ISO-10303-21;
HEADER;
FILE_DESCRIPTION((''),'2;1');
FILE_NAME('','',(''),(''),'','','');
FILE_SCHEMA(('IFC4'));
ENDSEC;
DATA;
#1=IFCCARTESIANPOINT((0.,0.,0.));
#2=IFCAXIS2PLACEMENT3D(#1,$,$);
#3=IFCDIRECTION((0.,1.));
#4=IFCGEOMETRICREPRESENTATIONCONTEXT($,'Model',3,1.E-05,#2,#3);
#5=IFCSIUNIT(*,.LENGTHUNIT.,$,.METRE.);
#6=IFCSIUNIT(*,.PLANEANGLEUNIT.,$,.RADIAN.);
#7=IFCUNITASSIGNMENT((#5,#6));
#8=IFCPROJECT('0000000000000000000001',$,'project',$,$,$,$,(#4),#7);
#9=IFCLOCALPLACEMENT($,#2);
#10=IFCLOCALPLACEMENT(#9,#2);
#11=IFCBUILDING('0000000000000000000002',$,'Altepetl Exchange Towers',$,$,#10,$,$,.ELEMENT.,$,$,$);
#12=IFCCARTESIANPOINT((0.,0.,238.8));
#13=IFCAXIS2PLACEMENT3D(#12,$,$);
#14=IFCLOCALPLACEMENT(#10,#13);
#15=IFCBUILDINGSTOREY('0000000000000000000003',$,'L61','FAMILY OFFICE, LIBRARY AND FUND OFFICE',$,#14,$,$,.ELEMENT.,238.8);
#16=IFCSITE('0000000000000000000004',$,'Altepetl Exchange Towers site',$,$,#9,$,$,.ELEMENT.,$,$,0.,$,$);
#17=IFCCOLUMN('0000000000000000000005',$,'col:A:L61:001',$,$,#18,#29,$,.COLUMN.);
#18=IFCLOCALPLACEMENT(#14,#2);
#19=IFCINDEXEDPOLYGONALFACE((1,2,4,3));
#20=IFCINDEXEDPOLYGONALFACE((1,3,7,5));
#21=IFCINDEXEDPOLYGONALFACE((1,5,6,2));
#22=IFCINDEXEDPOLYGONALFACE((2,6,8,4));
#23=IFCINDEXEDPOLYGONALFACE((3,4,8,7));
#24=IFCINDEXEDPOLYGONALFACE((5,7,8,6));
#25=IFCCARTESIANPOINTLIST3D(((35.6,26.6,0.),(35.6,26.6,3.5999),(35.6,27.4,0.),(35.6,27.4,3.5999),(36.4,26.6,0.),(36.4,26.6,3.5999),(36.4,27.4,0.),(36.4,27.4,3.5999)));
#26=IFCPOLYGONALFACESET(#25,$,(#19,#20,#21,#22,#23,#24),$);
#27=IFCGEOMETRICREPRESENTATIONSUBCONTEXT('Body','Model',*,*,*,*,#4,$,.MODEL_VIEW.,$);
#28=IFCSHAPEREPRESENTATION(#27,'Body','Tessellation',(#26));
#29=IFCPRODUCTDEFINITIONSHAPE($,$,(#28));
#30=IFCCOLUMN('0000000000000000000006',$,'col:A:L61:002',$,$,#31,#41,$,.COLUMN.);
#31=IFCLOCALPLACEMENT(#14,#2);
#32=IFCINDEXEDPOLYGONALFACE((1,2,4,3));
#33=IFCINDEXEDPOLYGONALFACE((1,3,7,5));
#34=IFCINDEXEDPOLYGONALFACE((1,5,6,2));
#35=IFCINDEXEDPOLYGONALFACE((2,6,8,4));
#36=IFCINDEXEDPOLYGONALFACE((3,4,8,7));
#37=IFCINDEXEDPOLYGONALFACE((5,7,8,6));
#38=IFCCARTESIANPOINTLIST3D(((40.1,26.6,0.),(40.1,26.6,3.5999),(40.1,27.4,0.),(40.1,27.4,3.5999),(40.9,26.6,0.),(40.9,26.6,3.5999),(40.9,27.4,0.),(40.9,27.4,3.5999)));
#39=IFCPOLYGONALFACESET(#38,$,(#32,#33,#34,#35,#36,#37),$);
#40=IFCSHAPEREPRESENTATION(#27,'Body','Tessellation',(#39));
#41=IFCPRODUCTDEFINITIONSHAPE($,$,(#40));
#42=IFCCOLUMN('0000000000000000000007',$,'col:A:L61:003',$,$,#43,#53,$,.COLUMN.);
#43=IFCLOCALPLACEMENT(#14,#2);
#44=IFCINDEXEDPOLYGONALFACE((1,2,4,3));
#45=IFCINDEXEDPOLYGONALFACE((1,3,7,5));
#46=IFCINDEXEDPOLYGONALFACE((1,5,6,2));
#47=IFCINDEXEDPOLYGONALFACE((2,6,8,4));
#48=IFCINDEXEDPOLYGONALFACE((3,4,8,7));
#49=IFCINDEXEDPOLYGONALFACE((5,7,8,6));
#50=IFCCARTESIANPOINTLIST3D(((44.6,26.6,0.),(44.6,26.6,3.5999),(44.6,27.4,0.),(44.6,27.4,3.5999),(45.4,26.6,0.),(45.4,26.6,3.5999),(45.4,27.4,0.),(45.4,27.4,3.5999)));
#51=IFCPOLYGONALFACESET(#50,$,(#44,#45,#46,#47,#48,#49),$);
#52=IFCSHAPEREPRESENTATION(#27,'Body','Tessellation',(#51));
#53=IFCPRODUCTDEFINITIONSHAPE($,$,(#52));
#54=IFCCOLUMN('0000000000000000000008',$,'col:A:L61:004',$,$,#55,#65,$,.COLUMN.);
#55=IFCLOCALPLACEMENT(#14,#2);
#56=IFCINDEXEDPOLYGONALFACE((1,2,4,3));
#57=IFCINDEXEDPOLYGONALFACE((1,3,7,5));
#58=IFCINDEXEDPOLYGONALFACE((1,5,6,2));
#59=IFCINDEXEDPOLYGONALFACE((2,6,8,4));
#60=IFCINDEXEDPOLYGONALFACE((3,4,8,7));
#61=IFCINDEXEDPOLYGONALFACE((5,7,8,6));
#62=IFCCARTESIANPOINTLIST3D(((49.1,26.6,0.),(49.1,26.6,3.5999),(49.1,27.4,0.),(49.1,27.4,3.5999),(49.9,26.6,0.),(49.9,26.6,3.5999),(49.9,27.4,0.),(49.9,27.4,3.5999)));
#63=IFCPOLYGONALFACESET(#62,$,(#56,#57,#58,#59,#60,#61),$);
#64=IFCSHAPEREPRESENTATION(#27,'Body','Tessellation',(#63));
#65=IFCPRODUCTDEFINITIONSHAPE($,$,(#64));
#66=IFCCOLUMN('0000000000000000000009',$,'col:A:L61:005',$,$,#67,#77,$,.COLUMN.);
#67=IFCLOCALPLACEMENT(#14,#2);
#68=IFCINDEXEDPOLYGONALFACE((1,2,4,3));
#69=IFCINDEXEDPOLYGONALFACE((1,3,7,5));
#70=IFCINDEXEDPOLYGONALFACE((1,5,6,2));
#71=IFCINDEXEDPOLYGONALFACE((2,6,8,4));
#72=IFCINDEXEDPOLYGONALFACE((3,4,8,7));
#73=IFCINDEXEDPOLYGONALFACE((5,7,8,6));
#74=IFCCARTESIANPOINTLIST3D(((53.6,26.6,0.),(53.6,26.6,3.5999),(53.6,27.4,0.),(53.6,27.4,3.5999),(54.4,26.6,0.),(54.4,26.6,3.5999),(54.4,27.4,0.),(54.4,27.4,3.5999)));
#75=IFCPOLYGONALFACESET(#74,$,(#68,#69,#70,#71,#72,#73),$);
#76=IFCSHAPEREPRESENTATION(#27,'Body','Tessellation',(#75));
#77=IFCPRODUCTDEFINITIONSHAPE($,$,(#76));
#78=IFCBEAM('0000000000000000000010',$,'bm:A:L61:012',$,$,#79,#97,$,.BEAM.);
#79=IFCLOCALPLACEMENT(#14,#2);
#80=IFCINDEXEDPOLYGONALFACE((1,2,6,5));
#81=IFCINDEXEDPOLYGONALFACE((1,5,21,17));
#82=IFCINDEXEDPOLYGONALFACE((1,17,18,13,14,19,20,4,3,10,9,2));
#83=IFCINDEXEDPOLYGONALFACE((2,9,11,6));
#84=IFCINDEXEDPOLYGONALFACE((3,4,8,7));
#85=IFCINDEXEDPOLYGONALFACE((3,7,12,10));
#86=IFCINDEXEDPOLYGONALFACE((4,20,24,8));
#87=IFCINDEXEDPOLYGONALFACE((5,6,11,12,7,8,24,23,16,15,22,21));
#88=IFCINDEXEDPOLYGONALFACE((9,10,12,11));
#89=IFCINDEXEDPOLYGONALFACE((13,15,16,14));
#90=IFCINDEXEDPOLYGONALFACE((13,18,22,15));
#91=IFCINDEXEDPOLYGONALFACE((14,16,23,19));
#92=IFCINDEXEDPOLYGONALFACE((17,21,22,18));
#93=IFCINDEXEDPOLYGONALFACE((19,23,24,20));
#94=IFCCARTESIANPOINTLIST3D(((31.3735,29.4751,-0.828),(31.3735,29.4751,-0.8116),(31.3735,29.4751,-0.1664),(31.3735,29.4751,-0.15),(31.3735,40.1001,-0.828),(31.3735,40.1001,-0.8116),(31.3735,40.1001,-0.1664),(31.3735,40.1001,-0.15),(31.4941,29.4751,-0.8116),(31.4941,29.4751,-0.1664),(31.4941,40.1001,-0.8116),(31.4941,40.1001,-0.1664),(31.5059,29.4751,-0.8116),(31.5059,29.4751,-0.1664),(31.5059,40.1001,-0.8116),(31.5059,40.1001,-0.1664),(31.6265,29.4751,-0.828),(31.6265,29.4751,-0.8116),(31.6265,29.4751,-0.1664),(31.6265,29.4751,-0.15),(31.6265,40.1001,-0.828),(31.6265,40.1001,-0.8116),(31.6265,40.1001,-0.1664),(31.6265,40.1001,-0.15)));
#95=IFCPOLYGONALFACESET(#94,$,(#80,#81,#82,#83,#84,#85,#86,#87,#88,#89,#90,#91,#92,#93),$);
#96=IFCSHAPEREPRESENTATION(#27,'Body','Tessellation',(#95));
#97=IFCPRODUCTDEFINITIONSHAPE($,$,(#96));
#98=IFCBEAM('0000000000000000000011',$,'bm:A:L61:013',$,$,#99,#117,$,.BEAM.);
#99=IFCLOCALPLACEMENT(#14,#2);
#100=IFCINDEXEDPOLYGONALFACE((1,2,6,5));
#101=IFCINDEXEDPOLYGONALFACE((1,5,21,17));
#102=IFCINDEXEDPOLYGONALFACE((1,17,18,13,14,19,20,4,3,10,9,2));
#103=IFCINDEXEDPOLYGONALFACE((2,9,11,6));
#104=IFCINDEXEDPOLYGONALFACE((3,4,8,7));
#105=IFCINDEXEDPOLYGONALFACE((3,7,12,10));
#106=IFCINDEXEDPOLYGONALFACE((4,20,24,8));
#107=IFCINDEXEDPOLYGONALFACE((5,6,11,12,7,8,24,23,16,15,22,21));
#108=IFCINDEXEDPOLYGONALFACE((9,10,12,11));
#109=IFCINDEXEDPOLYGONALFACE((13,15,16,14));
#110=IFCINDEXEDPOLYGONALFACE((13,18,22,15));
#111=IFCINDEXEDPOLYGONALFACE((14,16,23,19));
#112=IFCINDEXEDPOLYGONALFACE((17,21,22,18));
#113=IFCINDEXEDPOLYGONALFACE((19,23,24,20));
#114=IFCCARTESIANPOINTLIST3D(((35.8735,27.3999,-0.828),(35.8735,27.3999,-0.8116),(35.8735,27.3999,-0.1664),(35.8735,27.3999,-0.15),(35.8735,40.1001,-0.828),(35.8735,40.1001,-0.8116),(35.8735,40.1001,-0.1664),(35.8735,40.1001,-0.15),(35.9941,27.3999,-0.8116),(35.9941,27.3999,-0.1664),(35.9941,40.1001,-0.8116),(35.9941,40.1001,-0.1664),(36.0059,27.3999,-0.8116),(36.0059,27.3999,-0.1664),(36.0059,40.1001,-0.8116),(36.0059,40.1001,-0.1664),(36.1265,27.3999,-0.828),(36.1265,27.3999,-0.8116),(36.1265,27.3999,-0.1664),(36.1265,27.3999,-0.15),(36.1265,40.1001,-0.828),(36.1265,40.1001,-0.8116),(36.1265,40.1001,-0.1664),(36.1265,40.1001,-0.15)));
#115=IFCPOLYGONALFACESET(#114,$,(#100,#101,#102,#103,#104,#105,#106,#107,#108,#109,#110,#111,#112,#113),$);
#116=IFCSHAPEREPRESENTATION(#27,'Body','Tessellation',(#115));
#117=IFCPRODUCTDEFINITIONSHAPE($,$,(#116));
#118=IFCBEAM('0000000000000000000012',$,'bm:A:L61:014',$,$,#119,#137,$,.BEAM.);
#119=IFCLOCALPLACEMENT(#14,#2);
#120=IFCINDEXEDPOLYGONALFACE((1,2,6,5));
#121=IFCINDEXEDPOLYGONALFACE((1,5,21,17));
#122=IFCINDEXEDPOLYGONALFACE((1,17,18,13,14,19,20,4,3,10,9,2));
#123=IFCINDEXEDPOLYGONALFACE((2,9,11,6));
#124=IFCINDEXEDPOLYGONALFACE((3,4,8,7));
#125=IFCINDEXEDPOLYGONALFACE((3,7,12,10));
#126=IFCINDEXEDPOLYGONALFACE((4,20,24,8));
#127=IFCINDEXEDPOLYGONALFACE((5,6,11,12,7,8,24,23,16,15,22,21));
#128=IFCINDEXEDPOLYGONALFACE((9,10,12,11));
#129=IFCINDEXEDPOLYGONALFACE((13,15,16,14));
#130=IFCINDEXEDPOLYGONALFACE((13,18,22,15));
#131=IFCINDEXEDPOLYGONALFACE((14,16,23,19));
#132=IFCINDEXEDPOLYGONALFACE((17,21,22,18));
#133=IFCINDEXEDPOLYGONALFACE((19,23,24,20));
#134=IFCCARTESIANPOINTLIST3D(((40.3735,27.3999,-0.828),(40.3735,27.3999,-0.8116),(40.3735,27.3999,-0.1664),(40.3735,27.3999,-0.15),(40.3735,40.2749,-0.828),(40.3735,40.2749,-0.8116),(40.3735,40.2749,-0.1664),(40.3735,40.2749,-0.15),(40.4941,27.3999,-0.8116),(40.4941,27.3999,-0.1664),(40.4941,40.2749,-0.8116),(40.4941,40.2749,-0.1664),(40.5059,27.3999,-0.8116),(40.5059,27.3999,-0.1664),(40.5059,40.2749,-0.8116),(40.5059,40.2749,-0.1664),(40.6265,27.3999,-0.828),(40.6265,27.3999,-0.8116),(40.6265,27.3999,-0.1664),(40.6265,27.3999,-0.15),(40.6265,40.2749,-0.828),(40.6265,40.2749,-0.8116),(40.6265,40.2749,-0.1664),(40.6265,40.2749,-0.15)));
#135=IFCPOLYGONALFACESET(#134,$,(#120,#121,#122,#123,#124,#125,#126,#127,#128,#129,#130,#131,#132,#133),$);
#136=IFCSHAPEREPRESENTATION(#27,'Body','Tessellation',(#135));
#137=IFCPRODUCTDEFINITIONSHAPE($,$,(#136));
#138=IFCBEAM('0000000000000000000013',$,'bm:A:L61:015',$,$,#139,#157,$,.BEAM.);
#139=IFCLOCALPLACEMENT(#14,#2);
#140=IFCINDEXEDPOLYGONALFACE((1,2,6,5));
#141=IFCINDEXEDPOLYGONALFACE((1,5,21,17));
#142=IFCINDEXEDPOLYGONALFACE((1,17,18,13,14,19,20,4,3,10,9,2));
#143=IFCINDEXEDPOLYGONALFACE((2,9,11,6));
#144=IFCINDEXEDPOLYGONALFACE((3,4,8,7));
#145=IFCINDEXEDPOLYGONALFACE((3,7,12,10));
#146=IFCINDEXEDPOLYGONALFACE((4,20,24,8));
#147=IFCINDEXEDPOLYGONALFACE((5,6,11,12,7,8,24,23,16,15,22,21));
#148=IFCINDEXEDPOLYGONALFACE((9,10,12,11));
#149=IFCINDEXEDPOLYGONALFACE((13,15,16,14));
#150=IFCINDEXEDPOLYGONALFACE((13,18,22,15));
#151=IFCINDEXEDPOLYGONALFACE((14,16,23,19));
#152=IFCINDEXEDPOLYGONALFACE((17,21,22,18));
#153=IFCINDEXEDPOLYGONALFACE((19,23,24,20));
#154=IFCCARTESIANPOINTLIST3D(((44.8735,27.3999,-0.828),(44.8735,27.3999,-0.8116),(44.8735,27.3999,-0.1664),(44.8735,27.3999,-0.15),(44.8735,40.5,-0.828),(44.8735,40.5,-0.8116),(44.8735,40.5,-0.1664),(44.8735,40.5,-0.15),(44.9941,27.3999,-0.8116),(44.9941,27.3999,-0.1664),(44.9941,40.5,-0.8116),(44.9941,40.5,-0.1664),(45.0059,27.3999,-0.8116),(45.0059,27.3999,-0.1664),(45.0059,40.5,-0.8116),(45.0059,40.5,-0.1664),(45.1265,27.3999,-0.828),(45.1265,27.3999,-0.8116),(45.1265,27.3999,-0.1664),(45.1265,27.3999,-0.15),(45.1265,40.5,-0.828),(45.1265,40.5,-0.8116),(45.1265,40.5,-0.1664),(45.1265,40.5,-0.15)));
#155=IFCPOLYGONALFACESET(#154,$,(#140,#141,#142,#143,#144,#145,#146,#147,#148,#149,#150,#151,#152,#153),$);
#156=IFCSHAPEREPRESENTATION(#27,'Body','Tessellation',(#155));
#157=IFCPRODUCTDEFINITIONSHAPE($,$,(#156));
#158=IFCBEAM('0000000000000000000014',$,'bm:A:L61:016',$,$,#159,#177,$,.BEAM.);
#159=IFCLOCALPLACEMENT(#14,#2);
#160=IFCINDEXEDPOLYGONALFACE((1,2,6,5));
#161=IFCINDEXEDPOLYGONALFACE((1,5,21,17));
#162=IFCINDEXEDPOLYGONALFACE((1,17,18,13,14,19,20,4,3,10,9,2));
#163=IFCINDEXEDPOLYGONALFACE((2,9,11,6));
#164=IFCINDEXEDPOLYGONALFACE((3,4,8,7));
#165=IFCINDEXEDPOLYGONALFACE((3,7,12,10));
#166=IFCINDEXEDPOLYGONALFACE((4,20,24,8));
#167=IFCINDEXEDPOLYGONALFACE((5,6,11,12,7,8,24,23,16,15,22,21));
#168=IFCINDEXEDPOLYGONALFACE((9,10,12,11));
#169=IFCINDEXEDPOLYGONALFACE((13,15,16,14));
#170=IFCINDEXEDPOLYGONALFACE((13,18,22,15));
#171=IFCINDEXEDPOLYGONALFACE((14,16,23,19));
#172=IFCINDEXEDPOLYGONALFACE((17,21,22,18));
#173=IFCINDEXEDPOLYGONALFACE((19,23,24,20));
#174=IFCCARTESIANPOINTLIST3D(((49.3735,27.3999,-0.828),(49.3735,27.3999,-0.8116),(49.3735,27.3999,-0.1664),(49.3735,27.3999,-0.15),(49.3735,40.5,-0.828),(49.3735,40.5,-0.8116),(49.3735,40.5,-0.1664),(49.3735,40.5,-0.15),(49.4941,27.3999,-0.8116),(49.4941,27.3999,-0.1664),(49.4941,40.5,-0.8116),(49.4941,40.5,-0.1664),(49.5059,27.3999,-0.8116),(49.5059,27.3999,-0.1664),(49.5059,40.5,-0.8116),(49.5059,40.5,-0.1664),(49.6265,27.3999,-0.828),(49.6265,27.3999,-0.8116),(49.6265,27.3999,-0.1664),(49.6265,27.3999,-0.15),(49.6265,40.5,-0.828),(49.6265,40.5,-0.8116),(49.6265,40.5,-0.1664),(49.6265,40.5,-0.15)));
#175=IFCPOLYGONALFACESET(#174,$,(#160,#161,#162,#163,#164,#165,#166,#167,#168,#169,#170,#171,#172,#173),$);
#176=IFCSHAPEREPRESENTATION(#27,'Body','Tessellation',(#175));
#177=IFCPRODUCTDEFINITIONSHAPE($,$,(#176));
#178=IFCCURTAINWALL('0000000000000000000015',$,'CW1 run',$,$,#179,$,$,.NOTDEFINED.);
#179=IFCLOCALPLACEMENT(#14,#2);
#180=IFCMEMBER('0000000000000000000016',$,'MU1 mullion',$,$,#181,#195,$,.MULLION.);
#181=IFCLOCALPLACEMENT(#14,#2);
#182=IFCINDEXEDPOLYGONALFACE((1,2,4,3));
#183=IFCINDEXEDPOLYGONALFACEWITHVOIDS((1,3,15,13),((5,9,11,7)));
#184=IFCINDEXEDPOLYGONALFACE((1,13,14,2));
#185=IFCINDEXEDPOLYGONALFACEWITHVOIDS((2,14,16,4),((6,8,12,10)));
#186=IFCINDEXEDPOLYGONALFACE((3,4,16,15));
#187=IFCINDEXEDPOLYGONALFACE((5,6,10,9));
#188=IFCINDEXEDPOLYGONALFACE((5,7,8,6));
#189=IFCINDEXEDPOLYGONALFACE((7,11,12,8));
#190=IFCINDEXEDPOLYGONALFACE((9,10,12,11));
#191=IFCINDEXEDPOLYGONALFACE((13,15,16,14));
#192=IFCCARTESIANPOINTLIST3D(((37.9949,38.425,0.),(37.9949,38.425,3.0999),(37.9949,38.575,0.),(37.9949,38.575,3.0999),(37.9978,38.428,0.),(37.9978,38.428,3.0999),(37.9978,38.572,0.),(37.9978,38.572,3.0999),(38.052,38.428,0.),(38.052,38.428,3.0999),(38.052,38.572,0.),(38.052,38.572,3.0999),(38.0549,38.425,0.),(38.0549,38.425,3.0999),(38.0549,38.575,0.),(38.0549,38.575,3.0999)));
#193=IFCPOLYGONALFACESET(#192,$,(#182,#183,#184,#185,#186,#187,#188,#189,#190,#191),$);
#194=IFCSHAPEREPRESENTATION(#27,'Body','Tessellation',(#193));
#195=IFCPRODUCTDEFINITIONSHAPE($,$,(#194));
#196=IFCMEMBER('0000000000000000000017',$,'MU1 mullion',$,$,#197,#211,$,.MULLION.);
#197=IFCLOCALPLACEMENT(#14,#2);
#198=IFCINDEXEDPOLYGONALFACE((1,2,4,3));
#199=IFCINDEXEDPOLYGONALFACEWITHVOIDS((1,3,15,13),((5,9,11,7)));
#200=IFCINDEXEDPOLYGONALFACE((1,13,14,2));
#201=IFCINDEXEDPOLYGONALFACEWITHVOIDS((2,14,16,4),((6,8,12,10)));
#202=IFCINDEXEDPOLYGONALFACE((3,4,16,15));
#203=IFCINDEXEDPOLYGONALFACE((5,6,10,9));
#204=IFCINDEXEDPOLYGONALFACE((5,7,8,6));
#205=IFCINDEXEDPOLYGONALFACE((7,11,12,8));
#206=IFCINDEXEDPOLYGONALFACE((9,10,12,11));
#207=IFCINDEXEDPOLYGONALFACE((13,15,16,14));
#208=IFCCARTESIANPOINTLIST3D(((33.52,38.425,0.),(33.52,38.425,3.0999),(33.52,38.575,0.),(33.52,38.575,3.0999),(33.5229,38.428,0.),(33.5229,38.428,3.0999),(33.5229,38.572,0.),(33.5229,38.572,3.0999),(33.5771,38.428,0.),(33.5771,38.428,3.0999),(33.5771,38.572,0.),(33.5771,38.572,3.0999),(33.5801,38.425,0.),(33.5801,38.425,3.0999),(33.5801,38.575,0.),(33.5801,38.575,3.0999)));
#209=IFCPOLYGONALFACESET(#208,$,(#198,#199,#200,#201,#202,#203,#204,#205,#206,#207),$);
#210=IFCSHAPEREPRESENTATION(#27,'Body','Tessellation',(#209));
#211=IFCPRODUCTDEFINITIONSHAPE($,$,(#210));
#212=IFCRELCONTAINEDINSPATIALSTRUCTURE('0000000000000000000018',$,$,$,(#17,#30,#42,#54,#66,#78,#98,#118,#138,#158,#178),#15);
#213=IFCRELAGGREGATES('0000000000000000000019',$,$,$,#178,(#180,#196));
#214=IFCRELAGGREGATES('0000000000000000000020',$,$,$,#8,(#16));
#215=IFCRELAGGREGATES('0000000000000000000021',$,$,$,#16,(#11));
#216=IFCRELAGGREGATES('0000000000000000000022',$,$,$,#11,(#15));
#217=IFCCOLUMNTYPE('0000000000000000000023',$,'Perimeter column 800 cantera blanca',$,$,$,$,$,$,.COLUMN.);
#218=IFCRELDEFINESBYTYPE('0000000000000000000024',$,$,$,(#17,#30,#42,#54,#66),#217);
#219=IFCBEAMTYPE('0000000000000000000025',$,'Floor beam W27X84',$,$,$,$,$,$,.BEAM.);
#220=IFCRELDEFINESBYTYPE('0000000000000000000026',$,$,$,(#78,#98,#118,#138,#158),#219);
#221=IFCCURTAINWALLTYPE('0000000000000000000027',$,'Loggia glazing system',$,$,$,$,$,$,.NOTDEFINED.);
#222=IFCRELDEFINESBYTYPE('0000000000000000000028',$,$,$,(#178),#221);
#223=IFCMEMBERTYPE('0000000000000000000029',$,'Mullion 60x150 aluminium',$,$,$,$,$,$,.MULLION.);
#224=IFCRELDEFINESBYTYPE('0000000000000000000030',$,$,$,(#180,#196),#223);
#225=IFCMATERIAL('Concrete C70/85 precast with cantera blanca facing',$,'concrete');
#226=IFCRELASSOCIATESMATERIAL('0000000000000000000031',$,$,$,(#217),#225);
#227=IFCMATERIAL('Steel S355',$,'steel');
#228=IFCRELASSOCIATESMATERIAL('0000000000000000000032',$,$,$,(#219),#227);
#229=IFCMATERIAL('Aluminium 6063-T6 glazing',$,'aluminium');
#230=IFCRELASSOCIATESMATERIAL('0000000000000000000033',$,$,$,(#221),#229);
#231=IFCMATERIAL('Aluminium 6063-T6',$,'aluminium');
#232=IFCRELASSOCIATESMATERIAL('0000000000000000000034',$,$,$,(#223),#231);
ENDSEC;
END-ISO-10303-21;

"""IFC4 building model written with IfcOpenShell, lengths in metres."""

from ifc_helpers import new_model, si_unit, direction, frame, origin, origin_2d, place, context, subcontext, project, spatial, rectangle, hollow_rectangle, i_section, extrude, material, material_profile, profile_set, type_object, element, aggregate, save


model = new_model("IFC4")

# Units and contexts
model_context = context("Model", 3, precision=1e-05, world=origin(), true_north=direction((0.0, 1.0)))
body_context = subcontext(model_context, "Body", "Model", "MODEL_VIEW")
ifc_project = project(units=[si_unit("LENGTHUNIT", "METRE"), si_unit("PLANEANGLEUNIT", "RADIAN")], contexts=[model_context])

# Site, building, storey
site_placement = place(None, origin())
site = spatial("IfcSite", under=ifc_project, at=site_placement, Name="Altepetl Exchange Towers site", CompositionType="ELEMENT", RefElevation=0.0)
building_placement = place(site_placement, origin())
building = spatial("IfcBuilding", under=site, at=building_placement, Name="Altepetl Exchange Towers", CompositionType="ELEMENT")
storey_placement = place(building_placement, frame((0.0, 0.0, 238.8)))
storey = spatial("IfcBuildingStorey", under=building, at=storey_placement, Name="L61", Description="FAMILY OFFICE, LIBRARY AND FUND OFFICE", CompositionType="ELEMENT", Elevation=238.8)

# Columns
ifc_material_1 = material(Name="Concrete C70/85 precast with cantera blanca facing", Category="concrete")
ifc_material_profile_1 = material_profile(ifc_material_1, rectangle(XDim=0.8, YDim=0.8, at=origin_2d()), Name="800 x 800")
ifc_profile_set_1 = profile_set([ifc_material_profile_1], Name="Concrete C70/85 precast with cantera blanca facing")
column_type = type_object("IfcColumnType", Name="Perimeter column 800 cantera blanca", PredefinedType="COLUMN", material=ifc_profile_set_1)
for number, where, name in (
    (1, (36.0, 27.0, 0.0), "col:A:L61:001"),
    (2, (40.5, 27.0, 0.0), "col:A:L61:002"),
    (3, (45.0, 27.0, 0.0), "col:A:L61:003"),
    (4, (49.5, 27.0, 0.0), "col:A:L61:004"),
    (5, (54.0, 27.0, 0.0), "col:A:L61:005"),
):
    element("IfcColumn", number, at=place(storey_placement, frame(where)), inside=storey, type_object=column_type, Name=name, PredefinedType="COLUMN", context=body_context, shape_type="SweptSolid", body=[
        extrude(rectangle(XDim=0.8, YDim=0.8, at=origin_2d()), origin(), (0.0, 0.0, 1.0), 3.5999),
    ])

# Beams
ifc_material_2 = material(Name="Steel S355", Category="steel")
ifc_material_profile_2 = material_profile(ifc_material_2, i_section(OverallWidth=0.2529, OverallDepth=0.678, WebThickness=0.0117, FlangeThickness=0.0164, at=origin_2d()), Name="W27X84")
ifc_profile_set_2 = profile_set([ifc_material_profile_2], Name="Steel S355")
beam_type_1 = type_object("IfcBeamType", Name="Floor beam W27X84", PredefinedType="BEAM", material=ifc_profile_set_2)
beam_1_placement = place(storey_placement, frame((31.5, 29.4751, -0.489), z_axis=(0.0, 1.0, 0.0), x_axis=(-1.0, 0.0, 0.0)))
element("IfcBeam", 6, at=beam_1_placement, inside=storey, type_object=beam_type_1, Name="bm:A:L61:012", PredefinedType="BEAM", context=body_context, shape_type="SweptSolid", body=[
    extrude(i_section(OverallWidth=0.2529, OverallDepth=0.678, WebThickness=0.0117, FlangeThickness=0.0164, at=origin_2d()), origin(), (0.0, 0.0, 1.0), 10.625),
])
beam_2_placement = place(storey_placement, frame((36.0, 27.3999, -0.489), z_axis=(0.0, 1.0, 0.0), x_axis=(-1.0, 0.0, 0.0)))
element("IfcBeam", 7, at=beam_2_placement, inside=storey, type_object=beam_type_1, Name="bm:A:L61:013", PredefinedType="BEAM", context=body_context, shape_type="SweptSolid", body=[
    extrude(i_section(OverallWidth=0.2529, OverallDepth=0.678, WebThickness=0.0117, FlangeThickness=0.0164, at=origin_2d()), origin(), (0.0, 0.0, 1.0), 12.7002),
])
beam_3_placement = place(storey_placement, frame((40.5, 27.3999, -0.489), z_axis=(0.0, 1.0, 0.0), x_axis=(-1.0, 0.0, 0.0)))
element("IfcBeam", 8, at=beam_3_placement, inside=storey, type_object=beam_type_1, Name="bm:A:L61:014", PredefinedType="BEAM", context=body_context, shape_type="SweptSolid", body=[
    extrude(i_section(OverallWidth=0.2529, OverallDepth=0.678, WebThickness=0.0117, FlangeThickness=0.0164, at=origin_2d()), origin(), (0.0, 0.0, 1.0), 12.875),
])
for number, where, z_axis, x_axis, name in (
    (9, (45.0, 27.3999, -0.489), (0.0, 1.0, 0.0), (-1.0, 0.0, 0.0), "bm:A:L61:015"),
    (10, (49.5, 27.3999, -0.489), (0.0, 1.0, 0.0), (-1.0, 0.0, 0.0), "bm:A:L61:016"),
):
    element("IfcBeam", number, at=place(storey_placement, frame(where, z_axis=z_axis, x_axis=x_axis)), inside=storey, type_object=beam_type_1, Name=name, PredefinedType="BEAM", context=body_context, shape_type="SweptSolid", body=[
        extrude(i_section(OverallWidth=0.2529, OverallDepth=0.678, WebThickness=0.0117, FlangeThickness=0.0164, at=origin_2d()), origin(), (0.0, 0.0, 1.0), 13.1001),
    ])

# Curtain wall, members
ifc_material_3 = material(Name="Aluminium 6063-T6 glazing", Category="aluminium")
curtain_wall_type = type_object("IfcCurtainWallType", Name="Loggia glazing system", PredefinedType="NOTDEFINED", material=ifc_material_3)
curtain_wall_1_placement = place(storey_placement, origin())
curtain_wall_1 = element("IfcCurtainWall", 11, at=curtain_wall_1_placement, inside=storey, type_object=curtain_wall_type, Name="CW1 run", PredefinedType="NOTDEFINED")
ifc_material_4 = material(Name="Aluminium 6063-T6", Category="aluminium")
ifc_material_profile_3 = material_profile(ifc_material_4, hollow_rectangle(XDim=0.0601, YDim=0.1499, WallThickness=0.0029, at=origin_2d()), Name="Mullion 60x150 aluminium")
ifc_profile_set_3 = profile_set([ifc_material_profile_3], Name="Aluminium 6063-T6")
member_type = type_object("IfcMemberType", Name="Mullion 60x150 aluminium", PredefinedType="MULLION", material=ifc_profile_set_3)
member_1_placement = place(storey_placement, frame((38.0249, 38.5, 0.0), z_axis=(0.0, 0.0, 1.0), x_axis=(-1.0, 0.0, 0.0)))
member_1 = element("IfcMember", 12, at=member_1_placement, type_object=member_type, Name="MU1 mullion", PredefinedType="MULLION", context=body_context, shape_type="SweptSolid", body=[
    extrude(hollow_rectangle(XDim=0.0601, YDim=0.1499, WallThickness=0.0029, at=origin_2d()), origin(), (0.0, 0.0, 1.0), 3.0999),
])
member_2_placement = place(storey_placement, frame((33.55, 38.5, 0.0), z_axis=(0.0, 0.0, 1.0), x_axis=(-1.0, 0.0, 0.0)))
member_2 = element("IfcMember", 13, at=member_2_placement, type_object=member_type, Name="MU1 mullion", PredefinedType="MULLION", context=body_context, shape_type="SweptSolid", body=[
    extrude(hollow_rectangle(XDim=0.0601, YDim=0.1499, WallThickness=0.0029, at=origin_2d()), origin(), (0.0, 0.0, 1.0), 3.0999),
])

aggregate(curtain_wall_1, [member_1, member_2])

save(model, "model.ifc")
